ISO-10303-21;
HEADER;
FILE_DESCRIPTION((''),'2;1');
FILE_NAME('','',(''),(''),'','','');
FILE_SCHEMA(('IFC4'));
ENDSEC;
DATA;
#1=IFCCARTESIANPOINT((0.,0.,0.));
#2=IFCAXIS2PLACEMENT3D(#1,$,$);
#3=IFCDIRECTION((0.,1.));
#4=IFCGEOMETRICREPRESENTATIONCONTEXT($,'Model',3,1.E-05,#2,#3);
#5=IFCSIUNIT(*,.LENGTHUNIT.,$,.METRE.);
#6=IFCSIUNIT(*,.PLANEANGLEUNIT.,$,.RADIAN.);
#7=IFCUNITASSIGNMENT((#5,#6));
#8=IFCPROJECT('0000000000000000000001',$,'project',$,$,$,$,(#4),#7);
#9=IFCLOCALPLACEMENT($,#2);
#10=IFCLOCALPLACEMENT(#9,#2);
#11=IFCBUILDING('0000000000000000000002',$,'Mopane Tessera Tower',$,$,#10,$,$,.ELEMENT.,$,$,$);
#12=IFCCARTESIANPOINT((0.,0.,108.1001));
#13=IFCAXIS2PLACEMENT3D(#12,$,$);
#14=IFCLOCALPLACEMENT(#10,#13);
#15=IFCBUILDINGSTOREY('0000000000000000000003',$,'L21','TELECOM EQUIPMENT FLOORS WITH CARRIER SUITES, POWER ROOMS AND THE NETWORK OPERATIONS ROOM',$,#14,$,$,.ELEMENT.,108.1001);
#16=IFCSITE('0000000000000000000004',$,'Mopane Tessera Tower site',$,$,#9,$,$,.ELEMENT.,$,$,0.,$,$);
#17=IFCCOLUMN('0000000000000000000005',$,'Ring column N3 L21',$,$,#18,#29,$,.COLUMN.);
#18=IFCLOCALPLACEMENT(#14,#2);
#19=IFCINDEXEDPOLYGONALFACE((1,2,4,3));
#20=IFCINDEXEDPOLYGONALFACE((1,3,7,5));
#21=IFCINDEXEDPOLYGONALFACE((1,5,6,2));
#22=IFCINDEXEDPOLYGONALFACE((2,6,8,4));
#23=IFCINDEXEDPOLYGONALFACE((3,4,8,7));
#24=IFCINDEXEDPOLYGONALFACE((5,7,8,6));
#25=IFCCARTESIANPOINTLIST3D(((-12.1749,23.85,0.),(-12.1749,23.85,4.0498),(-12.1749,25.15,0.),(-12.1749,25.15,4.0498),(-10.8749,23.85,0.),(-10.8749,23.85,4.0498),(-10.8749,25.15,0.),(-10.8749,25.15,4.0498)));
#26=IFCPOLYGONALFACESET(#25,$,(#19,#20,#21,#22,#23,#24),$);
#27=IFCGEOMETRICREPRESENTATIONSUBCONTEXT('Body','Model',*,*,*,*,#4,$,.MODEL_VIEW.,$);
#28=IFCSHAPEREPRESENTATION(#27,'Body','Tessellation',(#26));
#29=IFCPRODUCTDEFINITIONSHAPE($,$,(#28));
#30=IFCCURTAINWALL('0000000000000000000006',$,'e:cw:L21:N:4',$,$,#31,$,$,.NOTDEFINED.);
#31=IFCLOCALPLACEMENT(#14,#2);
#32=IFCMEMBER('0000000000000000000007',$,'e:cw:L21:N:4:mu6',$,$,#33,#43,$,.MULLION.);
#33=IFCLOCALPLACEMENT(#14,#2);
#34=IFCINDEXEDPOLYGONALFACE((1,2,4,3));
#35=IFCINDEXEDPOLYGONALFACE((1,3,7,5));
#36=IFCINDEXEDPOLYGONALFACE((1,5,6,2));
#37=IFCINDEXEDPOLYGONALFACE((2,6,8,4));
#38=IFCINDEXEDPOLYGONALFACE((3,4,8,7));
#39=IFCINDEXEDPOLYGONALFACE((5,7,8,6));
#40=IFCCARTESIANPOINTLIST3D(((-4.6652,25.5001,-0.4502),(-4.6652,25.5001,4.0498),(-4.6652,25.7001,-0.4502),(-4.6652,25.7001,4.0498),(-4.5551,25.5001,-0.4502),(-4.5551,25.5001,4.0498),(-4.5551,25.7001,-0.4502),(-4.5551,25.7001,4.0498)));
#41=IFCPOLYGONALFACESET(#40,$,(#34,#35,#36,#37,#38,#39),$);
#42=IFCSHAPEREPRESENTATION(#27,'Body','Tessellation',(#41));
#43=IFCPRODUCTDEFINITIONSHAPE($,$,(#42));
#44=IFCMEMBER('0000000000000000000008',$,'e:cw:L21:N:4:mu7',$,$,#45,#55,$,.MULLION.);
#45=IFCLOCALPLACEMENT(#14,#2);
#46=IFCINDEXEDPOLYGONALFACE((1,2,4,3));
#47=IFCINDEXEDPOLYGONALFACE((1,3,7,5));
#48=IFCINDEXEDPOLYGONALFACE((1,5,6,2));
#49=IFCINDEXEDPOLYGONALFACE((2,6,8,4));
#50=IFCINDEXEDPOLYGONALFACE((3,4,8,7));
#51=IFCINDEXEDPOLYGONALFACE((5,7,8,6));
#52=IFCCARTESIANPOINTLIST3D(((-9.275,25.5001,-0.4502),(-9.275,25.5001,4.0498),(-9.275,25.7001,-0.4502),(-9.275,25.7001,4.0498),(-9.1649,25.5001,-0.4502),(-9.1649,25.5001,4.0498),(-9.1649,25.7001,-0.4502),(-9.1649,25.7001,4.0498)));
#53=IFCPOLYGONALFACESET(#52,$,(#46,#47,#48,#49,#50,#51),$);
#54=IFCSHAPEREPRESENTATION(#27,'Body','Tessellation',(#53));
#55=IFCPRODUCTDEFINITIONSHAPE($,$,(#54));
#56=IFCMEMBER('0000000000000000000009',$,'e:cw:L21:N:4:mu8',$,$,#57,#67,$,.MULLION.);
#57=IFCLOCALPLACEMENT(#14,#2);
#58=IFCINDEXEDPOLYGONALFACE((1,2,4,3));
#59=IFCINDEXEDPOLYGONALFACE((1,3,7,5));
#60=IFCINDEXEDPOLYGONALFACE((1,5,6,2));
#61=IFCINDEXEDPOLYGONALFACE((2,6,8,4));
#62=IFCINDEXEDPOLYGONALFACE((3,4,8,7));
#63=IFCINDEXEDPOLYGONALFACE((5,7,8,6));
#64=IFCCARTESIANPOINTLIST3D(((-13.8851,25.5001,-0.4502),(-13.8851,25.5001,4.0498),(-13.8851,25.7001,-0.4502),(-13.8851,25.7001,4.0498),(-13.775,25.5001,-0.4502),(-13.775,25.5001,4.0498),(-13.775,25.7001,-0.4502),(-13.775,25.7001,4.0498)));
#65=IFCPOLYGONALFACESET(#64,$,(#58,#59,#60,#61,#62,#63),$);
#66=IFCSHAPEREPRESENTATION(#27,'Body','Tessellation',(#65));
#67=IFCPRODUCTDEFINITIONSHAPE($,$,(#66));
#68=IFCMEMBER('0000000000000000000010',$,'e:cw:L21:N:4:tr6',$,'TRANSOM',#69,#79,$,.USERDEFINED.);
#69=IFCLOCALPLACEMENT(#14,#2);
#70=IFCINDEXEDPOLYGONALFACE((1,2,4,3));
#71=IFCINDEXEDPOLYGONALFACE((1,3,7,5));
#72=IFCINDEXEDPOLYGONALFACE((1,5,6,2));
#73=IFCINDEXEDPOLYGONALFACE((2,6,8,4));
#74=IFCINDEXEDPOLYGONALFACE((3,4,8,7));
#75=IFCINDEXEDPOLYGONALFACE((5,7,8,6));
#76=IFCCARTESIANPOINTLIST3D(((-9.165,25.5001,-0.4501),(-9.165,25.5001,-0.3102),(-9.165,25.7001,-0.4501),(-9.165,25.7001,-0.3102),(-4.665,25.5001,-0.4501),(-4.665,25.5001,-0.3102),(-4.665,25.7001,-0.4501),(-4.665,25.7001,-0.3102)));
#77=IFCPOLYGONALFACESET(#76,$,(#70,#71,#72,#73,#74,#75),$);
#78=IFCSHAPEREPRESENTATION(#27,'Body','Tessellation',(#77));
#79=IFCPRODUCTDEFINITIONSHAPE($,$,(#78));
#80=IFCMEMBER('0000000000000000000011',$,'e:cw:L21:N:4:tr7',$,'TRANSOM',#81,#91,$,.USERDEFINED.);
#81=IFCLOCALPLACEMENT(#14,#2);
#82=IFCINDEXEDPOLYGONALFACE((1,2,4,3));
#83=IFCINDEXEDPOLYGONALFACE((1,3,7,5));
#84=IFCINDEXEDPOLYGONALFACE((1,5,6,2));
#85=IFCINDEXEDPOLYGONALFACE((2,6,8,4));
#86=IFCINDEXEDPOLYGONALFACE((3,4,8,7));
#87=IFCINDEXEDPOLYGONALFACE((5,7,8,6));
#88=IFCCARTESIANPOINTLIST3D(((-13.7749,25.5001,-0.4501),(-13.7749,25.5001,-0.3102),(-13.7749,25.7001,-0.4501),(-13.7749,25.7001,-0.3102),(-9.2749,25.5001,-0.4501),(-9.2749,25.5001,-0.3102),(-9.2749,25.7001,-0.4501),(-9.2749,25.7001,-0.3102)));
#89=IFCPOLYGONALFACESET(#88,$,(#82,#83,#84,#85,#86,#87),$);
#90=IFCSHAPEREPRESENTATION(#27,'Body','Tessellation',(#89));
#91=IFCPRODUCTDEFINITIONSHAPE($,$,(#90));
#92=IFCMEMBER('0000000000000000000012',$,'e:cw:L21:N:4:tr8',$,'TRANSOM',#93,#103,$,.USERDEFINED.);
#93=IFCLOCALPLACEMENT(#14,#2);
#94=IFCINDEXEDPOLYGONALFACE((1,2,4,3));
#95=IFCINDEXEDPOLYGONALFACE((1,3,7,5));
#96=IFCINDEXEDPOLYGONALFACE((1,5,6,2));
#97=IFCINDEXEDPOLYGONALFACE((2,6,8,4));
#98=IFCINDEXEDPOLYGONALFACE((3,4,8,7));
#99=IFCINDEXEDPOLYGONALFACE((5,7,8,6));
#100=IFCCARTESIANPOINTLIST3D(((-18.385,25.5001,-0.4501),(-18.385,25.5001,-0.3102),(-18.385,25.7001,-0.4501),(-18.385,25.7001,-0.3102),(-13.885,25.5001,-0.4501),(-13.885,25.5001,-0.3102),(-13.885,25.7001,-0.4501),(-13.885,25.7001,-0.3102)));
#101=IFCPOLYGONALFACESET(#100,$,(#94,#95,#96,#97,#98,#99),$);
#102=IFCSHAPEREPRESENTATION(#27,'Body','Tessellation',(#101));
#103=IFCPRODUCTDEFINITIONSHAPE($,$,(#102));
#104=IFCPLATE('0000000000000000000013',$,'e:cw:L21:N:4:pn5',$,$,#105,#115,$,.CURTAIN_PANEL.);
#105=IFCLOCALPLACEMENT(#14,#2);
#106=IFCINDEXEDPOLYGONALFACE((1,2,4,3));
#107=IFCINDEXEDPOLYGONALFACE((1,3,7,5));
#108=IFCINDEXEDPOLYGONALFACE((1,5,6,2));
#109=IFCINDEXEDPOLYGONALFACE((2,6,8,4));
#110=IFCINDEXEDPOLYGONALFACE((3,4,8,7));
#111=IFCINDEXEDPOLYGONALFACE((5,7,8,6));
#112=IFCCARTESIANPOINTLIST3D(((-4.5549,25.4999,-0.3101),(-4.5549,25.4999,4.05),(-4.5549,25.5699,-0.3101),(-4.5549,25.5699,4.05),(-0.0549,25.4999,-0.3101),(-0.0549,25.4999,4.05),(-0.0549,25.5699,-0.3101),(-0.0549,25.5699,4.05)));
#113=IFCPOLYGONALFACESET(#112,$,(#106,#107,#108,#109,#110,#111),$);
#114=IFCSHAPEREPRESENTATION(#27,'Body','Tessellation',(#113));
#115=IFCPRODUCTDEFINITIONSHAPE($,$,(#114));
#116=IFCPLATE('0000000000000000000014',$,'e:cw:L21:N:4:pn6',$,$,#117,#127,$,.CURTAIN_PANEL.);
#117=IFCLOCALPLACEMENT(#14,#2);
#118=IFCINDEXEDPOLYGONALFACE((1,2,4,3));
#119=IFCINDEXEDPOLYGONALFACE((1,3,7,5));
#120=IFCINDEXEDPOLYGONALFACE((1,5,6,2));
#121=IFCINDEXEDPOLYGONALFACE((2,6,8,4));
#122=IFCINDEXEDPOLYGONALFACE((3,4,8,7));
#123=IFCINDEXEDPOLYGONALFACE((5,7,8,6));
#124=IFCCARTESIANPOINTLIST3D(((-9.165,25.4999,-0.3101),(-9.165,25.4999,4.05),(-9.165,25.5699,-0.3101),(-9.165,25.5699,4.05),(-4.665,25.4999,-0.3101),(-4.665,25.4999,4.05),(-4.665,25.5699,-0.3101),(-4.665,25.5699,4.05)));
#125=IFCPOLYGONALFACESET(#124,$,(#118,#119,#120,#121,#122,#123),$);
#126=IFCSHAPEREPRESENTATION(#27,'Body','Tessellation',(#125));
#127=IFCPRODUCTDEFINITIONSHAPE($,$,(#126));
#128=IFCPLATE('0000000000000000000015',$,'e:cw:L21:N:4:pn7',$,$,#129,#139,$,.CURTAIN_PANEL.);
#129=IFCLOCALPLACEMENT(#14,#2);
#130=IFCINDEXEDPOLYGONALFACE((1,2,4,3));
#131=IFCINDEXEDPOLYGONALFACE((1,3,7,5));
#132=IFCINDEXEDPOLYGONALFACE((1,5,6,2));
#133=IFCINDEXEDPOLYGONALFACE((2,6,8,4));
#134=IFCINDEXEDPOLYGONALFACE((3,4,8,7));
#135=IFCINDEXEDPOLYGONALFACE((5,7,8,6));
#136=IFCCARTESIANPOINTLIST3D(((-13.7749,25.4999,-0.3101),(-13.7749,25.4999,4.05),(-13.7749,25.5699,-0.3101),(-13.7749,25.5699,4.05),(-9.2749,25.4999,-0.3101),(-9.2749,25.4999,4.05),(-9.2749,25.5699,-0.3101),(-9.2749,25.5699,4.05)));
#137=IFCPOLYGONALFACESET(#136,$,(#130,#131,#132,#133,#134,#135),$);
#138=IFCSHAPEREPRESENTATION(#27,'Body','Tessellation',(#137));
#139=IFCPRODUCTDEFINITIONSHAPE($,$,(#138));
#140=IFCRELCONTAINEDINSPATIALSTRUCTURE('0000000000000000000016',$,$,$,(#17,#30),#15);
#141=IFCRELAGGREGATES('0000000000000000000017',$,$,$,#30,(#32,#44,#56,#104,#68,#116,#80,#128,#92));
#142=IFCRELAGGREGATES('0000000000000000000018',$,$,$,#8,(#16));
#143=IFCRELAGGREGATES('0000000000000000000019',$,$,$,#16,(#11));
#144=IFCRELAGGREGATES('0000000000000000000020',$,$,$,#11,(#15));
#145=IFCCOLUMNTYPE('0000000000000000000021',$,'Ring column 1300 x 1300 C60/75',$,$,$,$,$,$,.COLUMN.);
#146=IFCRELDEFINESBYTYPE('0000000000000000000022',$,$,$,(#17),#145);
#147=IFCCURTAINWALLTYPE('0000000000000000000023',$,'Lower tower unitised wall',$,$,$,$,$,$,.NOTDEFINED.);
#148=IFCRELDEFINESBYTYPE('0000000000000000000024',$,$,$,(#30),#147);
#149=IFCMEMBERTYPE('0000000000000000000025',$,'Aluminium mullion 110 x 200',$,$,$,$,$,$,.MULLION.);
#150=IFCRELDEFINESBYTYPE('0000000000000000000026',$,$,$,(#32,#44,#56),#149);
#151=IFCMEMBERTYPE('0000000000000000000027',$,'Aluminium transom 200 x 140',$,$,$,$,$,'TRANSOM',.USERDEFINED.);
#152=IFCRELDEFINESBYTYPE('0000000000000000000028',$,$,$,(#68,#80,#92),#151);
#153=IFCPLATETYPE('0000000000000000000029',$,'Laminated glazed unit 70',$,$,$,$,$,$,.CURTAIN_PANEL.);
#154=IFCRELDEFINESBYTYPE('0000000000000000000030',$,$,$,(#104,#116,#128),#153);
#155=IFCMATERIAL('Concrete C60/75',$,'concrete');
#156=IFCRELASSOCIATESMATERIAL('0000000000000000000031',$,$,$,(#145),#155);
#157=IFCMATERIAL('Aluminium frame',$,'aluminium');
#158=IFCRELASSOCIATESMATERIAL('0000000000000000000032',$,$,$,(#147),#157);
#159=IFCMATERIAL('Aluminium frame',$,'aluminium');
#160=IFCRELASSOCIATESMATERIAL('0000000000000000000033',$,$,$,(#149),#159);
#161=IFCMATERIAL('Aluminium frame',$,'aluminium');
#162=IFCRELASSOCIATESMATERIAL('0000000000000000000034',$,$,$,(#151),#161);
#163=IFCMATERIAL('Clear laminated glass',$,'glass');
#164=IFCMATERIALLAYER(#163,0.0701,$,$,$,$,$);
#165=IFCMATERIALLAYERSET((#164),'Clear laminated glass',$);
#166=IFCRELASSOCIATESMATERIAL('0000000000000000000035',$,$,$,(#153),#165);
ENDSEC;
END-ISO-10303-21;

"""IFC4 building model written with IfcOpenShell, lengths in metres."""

from ifc_helpers import new_model, si_unit, direction, frame, origin, origin_2d, place, context, subcontext, project, spatial, rectangle, extrude, material, layer, layer_set, material_profile, profile_set, type_object, element, aggregate, save


model = new_model("IFC4")

# Units and contexts
model_context = context("Model", 3, precision=1e-05, world=origin(), true_north=direction((0.0, 1.0)))
body_context = subcontext(model_context, "Body", "Model", "MODEL_VIEW")
ifc_project = project(units=[si_unit("LENGTHUNIT", "METRE"), si_unit("PLANEANGLEUNIT", "RADIAN")], contexts=[model_context])

# Site, building, storey
site_placement = place(None, origin())
site = spatial("IfcSite", under=ifc_project, at=site_placement, Name="Mopane Tessera Tower site", CompositionType="ELEMENT", RefElevation=0.0)
building_placement = place(site_placement, origin())
building = spatial("IfcBuilding", under=site, at=building_placement, Name="Mopane Tessera Tower", CompositionType="ELEMENT")
storey_placement = place(building_placement, frame((0.0, 0.0, 108.1001)))
storey = spatial("IfcBuildingStorey", under=building, at=storey_placement, Name="L21", Description="TELECOM EQUIPMENT FLOORS WITH CARRIER SUITES, POWER ROOMS AND THE NETWORK OPERATIONS ROOM", CompositionType="ELEMENT", Elevation=108.1001)

# Column
ifc_material_1 = material(Name="Concrete C60/75", Category="concrete")
ifc_material_profile_1 = material_profile(ifc_material_1, rectangle(XDim=1.3, YDim=1.3, at=origin_2d()))
ifc_profile_set_1 = profile_set([ifc_material_profile_1], Name="Concrete C60/75")
column_type = type_object("IfcColumnType", Name="Ring column 1300 x 1300 C60/75", PredefinedType="COLUMN", material=ifc_profile_set_1)
column_placement = place(storey_placement, frame((-11.5249, 24.5, 0.0), z_axis=(0.0, 0.0, 1.0), x_axis=(1.0, 0.0, 0.0)))
element("IfcColumn", 1, at=column_placement, inside=storey, type_object=column_type, Name="Ring column N3 L21", PredefinedType="COLUMN", context=body_context, shape_type="SweptSolid", body=[
    extrude(rectangle(XDim=1.3, YDim=1.3, at=origin_2d()), origin(), (0.0, 0.0, 1.0), 4.0498),
])

# Curtain wall, members, plates
ifc_material_2 = material(Name="Aluminium frame", Category="aluminium")
curtain_wall_type = type_object("IfcCurtainWallType", Name="Lower tower unitised wall", PredefinedType="NOTDEFINED", material=ifc_material_2)
curtain_wall_placement = place(storey_placement, origin())
curtain_wall = element("IfcCurtainWall", 2, at=curtain_wall_placement, inside=storey, type_object=curtain_wall_type, Name="e:cw:L21:N:4", PredefinedType="NOTDEFINED")
ifc_material_3 = material(Name="Aluminium frame", Category="aluminium")
ifc_material_profile_2 = material_profile(ifc_material_3, rectangle(XDim=0.1101, YDim=0.2, at=origin_2d()))
ifc_profile_set_2 = profile_set([ifc_material_profile_2], Name="Aluminium frame")
member_type_1 = type_object("IfcMemberType", Name="Aluminium mullion 110 x 200", PredefinedType="MULLION", material=ifc_profile_set_2)
member_1_placement = place(storey_placement, frame((-4.6101, 25.6001, -0.4502), z_axis=(0.0, 0.0, 1.0), x_axis=(-1.0, 0.0, 0.0)))
member_1 = element("IfcMember", 3, at=member_1_placement, type_object=member_type_1, Name="e:cw:L21:N:4:mu6", PredefinedType="MULLION", context=body_context, shape_type="SweptSolid", body=[
    extrude(rectangle(XDim=0.1101, YDim=0.2, at=origin_2d()), origin(), (0.0, 0.0, 1.0), 4.5),
])
member_2_placement = place(storey_placement, frame((-9.22, 25.6001, -0.4502), z_axis=(0.0, 0.0, 1.0), x_axis=(-1.0, 0.0, 0.0)))
member_2 = element("IfcMember", 4, at=member_2_placement, type_object=member_type_1, Name="e:cw:L21:N:4:mu7", PredefinedType="MULLION", context=body_context, shape_type="SweptSolid", body=[
    extrude(rectangle(XDim=0.1101, YDim=0.2, at=origin_2d()), origin(), (0.0, 0.0, 1.0), 4.5),
])
member_3_placement = place(storey_placement, frame((-13.8301, 25.6001, -0.4502), z_axis=(0.0, 0.0, 1.0), x_axis=(-1.0, 0.0, 0.0)))
member_3 = element("IfcMember", 5, at=member_3_placement, type_object=member_type_1, Name="e:cw:L21:N:4:mu8", PredefinedType="MULLION", context=body_context, shape_type="SweptSolid", body=[
    extrude(rectangle(XDim=0.1101, YDim=0.2, at=origin_2d()), origin(), (0.0, 0.0, 1.0), 4.5),
])
ifc_material_4 = material(Name="Aluminium frame", Category="aluminium")
ifc_material_profile_3 = material_profile(ifc_material_4, rectangle(XDim=0.2, YDim=0.1399, at=origin_2d()))
ifc_profile_set_3 = profile_set([ifc_material_profile_3], Name="Aluminium frame")
member_type_2 = type_object("IfcMemberType", Name="Aluminium transom 200 x 140", ElementType="TRANSOM", PredefinedType="USERDEFINED", material=ifc_profile_set_3)
member_4_placement = place(storey_placement, frame((-4.665, 25.6001, -0.3801), z_axis=(-1.0, 0.0, 0.0), x_axis=(0.0, -1.0, 0.0)))
member_4 = element("IfcMember", 6, at=member_4_placement, type_object=member_type_2, Name="e:cw:L21:N:4:tr6", ObjectType="TRANSOM", PredefinedType="USERDEFINED", context=body_context, shape_type="SweptSolid", body=[
    extrude(rectangle(XDim=0.2, YDim=0.1399, at=origin_2d()), origin(), (0.0, 0.0, 1.0), 4.5),
])
member_5_placement = place(storey_placement, frame((-9.2749, 25.6001, -0.3801), z_axis=(-1.0, 0.0, 0.0), x_axis=(0.0, -1.0, 0.0)))
member_5 = element("IfcMember", 7, at=member_5_placement, type_object=member_type_2, Name="e:cw:L21:N:4:tr7", ObjectType="TRANSOM", PredefinedType="USERDEFINED", context=body_context, shape_type="SweptSolid", body=[
    extrude(rectangle(XDim=0.2, YDim=0.1399, at=origin_2d()), origin(), (0.0, 0.0, 1.0), 4.5),
])
member_6_placement = place(storey_placement, frame((-13.885, 25.6001, -0.3801), z_axis=(-1.0, 0.0, 0.0), x_axis=(0.0, -1.0, 0.0)))
member_6 = element("IfcMember", 8, at=member_6_placement, type_object=member_type_2, Name="e:cw:L21:N:4:tr8", ObjectType="TRANSOM", PredefinedType="USERDEFINED", context=body_context, shape_type="SweptSolid", body=[
    extrude(rectangle(XDim=0.2, YDim=0.1399, at=origin_2d()), origin(), (0.0, 0.0, 1.0), 4.5),
])
ifc_material_5 = material(Name="Clear laminated glass", Category="glass")
ifc_layer_1 = layer(ifc_material_5, 0.0701)
ifc_layer_set_1 = layer_set([ifc_layer_1], Name="Clear laminated glass")
plate_type = type_object("IfcPlateType", Name="Laminated glazed unit 70", PredefinedType="CURTAIN_PANEL", material=ifc_layer_set_1)
plate_1_placement = place(storey_placement, frame((-2.3049, 25.5349, -0.3101), z_axis=(0.0, 0.0, 1.0), x_axis=(-1.0, 0.0, 0.0)))
plate_1 = element("IfcPlate", 9, at=plate_1_placement, type_object=plate_type, Name="e:cw:L21:N:4:pn5", PredefinedType="CURTAIN_PANEL", context=body_context, shape_type="SweptSolid", body=[
    extrude(rectangle(XDim=4.5, YDim=0.0701, at=origin_2d()), origin(), (0.0, 0.0, 1.0), 4.3601),
])
plate_2_placement = place(storey_placement, frame((-6.915, 25.5349, -0.3101), z_axis=(0.0, 0.0, 1.0), x_axis=(-1.0, 0.0, 0.0)))
plate_2 = element("IfcPlate", 10, at=plate_2_placement, type_object=plate_type, Name="e:cw:L21:N:4:pn6", PredefinedType="CURTAIN_PANEL", context=body_context, shape_type="SweptSolid", body=[
    extrude(rectangle(XDim=4.5, YDim=0.0701, at=origin_2d()), origin(), (0.0, 0.0, 1.0), 4.3601),
])
plate_3_placement = place(storey_placement, frame((-11.5249, 25.5349, -0.3101), z_axis=(0.0, 0.0, 1.0), x_axis=(-1.0, 0.0, 0.0)))
plate_3 = element("IfcPlate", 11, at=plate_3_placement, type_object=plate_type, Name="e:cw:L21:N:4:pn7", PredefinedType="CURTAIN_PANEL", context=body_context, shape_type="SweptSolid", body=[
    extrude(rectangle(XDim=4.5, YDim=0.0701, at=origin_2d()), origin(), (0.0, 0.0, 1.0), 4.3601),
])
aggregate(curtain_wall, [member_1, member_2, member_3, plate_1, member_4, plate_2, member_5, plate_3, member_6])

save(model, "model.ifc")
